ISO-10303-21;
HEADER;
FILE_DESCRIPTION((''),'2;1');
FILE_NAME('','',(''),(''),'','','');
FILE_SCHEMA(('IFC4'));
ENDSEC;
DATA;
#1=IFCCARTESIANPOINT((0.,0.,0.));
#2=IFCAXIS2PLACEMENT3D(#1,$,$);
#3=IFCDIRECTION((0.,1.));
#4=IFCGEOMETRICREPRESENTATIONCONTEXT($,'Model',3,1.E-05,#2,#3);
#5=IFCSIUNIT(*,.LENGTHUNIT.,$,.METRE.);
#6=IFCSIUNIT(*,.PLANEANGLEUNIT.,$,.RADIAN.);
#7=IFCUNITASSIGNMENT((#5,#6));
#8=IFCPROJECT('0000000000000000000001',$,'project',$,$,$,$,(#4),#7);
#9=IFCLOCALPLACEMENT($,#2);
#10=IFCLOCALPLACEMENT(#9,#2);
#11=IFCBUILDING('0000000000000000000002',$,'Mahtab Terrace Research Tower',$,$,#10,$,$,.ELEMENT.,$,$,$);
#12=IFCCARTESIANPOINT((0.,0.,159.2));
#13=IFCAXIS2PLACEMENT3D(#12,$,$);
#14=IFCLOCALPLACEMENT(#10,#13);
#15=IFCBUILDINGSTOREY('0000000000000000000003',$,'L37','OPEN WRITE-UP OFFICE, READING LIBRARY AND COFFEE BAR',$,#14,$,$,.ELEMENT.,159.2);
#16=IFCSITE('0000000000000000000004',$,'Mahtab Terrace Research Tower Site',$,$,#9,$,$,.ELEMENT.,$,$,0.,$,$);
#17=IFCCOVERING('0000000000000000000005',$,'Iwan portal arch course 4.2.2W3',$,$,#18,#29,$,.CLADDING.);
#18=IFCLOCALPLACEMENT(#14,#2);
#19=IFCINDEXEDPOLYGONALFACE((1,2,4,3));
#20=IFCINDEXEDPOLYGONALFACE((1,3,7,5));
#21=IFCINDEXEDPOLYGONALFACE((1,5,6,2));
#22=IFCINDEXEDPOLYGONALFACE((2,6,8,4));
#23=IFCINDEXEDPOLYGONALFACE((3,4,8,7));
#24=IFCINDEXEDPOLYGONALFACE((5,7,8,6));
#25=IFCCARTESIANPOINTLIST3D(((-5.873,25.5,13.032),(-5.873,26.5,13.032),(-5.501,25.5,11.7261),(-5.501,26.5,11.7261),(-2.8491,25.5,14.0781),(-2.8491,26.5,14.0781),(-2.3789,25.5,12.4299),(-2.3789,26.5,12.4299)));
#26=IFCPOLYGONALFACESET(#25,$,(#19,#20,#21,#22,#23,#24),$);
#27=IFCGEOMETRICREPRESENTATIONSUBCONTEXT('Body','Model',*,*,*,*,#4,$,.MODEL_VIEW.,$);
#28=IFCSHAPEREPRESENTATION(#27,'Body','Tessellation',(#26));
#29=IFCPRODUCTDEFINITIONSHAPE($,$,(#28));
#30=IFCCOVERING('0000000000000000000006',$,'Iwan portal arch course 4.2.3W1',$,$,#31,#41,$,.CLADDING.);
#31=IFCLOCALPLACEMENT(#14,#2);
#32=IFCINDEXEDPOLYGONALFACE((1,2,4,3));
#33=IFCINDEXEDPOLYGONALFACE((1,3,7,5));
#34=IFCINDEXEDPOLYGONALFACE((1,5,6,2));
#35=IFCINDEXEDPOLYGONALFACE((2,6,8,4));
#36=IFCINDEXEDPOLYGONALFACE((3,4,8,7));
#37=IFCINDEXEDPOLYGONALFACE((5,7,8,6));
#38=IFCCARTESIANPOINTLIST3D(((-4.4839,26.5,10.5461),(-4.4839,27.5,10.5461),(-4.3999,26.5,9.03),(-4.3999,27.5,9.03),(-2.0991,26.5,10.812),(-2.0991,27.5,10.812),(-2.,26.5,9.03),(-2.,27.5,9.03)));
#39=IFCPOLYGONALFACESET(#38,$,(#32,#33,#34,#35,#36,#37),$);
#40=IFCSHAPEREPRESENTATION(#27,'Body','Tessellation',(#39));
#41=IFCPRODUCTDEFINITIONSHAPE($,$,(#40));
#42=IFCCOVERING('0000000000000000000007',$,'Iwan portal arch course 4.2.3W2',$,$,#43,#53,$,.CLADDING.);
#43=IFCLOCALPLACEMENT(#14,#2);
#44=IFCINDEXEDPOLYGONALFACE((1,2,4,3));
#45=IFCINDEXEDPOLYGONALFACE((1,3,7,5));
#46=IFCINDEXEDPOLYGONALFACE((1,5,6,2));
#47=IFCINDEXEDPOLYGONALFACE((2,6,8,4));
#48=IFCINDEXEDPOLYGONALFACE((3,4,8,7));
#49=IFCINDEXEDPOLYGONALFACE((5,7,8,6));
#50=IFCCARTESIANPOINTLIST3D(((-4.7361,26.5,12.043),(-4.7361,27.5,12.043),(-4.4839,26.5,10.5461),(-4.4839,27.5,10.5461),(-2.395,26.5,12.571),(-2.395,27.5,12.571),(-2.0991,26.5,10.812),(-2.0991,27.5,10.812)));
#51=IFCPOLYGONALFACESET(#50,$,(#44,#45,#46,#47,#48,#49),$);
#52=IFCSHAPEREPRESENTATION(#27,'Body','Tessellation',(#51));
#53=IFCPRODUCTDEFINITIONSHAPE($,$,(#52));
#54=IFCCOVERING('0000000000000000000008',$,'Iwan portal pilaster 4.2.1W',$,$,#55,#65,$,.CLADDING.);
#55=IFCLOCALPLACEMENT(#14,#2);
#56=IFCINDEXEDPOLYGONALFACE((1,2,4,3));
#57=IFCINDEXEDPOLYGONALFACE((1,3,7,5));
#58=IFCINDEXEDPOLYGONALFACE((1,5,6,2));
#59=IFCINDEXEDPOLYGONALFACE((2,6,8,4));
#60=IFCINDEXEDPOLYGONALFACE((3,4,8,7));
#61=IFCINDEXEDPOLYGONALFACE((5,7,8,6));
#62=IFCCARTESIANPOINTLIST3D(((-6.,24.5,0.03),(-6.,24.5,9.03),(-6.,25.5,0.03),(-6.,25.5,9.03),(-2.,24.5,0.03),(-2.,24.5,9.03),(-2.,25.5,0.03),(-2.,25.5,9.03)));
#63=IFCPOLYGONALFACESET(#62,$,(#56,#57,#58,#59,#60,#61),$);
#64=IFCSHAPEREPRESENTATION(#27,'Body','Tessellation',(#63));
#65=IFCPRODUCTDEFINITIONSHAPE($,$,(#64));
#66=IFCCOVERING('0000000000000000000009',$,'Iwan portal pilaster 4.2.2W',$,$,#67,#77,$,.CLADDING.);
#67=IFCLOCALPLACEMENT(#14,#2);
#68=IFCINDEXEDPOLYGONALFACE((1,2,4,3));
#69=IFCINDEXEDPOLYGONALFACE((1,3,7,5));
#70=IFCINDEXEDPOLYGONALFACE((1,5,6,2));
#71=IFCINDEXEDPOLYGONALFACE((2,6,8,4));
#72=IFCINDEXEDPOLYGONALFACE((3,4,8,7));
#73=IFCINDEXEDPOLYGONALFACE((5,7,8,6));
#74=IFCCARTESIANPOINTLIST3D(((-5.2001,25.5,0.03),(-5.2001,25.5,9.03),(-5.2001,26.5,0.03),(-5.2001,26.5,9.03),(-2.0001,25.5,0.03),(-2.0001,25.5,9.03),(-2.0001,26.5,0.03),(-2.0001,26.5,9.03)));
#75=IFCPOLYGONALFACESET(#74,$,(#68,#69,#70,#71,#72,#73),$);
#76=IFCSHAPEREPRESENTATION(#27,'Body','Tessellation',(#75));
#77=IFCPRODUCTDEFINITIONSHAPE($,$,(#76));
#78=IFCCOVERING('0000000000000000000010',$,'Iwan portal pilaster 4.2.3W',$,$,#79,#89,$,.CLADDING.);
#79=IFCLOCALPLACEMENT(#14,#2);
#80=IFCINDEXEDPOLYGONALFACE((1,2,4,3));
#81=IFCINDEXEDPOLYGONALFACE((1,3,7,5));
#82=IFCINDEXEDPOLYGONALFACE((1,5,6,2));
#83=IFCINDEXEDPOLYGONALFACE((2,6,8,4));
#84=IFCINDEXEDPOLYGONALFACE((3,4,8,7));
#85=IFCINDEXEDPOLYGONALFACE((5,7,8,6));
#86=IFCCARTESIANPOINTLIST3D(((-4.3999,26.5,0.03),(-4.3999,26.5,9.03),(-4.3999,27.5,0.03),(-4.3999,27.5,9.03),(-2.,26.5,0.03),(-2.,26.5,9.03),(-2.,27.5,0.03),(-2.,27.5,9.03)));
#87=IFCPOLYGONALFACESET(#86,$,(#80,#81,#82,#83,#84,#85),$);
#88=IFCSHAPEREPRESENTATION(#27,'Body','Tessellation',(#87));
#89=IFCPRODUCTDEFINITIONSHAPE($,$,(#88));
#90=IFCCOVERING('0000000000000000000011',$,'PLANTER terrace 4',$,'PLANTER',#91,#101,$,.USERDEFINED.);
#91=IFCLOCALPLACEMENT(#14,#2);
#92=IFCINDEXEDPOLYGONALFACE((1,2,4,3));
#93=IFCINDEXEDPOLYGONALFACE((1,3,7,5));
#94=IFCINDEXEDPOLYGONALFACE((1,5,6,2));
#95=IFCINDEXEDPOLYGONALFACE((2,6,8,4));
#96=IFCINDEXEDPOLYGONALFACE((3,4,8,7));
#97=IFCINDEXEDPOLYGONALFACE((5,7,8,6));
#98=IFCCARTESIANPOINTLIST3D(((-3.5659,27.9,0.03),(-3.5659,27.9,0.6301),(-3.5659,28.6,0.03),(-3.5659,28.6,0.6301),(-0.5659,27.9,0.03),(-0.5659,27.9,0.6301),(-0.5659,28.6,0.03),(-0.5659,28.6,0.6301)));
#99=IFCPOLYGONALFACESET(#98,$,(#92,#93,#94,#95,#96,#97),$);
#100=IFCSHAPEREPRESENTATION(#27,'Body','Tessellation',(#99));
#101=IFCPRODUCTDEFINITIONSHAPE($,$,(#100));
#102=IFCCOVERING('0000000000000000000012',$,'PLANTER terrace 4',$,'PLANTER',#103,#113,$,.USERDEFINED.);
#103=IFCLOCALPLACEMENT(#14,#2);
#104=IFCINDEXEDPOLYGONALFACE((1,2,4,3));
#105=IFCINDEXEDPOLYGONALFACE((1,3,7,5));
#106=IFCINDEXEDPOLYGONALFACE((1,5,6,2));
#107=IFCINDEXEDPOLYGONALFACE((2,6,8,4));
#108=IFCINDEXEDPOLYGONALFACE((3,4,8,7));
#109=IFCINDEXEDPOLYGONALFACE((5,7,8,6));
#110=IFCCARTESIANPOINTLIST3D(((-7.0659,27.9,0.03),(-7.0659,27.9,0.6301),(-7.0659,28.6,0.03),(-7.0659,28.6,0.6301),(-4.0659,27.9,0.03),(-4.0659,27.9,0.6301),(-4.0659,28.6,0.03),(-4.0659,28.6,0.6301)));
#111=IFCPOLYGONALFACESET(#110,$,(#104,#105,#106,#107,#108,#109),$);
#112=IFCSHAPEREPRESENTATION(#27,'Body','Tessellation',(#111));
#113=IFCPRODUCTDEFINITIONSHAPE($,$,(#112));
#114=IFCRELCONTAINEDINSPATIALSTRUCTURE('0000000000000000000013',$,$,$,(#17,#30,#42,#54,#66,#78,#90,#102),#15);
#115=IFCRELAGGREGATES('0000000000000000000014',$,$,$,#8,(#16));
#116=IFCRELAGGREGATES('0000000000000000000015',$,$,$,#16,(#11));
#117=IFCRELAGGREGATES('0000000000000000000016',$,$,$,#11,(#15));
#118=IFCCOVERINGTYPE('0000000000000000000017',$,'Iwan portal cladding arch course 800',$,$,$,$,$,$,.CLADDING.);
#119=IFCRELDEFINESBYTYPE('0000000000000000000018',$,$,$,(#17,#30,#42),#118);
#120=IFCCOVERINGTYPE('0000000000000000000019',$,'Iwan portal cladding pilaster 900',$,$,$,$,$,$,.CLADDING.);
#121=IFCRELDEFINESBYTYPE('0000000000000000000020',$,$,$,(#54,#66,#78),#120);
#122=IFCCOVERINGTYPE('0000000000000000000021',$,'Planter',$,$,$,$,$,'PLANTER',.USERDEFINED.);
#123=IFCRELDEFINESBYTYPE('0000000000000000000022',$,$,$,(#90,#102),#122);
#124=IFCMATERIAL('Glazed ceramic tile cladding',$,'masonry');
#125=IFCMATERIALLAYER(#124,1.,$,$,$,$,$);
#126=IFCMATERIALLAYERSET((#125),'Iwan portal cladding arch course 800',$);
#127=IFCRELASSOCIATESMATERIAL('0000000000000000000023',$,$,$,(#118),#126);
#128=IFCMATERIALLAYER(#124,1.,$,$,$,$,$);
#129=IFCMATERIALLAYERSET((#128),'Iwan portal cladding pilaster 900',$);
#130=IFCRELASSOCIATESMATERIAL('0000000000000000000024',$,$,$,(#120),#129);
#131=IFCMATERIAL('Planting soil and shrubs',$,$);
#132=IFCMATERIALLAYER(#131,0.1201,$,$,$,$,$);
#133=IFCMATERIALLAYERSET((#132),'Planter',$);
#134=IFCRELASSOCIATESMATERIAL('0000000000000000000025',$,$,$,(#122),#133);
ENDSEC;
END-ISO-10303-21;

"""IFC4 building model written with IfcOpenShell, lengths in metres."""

from ifc_helpers import new_model, si_unit, direction, frame, origin, origin_2d, place, context, subcontext, project, spatial, polyline, rectangle, outline, extrude, material, layer, layer_set, type_object, element, save


model = new_model("IFC4")

# Units and contexts
model_context = context("Model", 3, precision=1e-05, world=origin(), true_north=direction((0.0, 1.0)))
body_context = subcontext(model_context, "Body", "Model", "MODEL_VIEW")
ifc_project = project(units=[si_unit("LENGTHUNIT", "METRE"), si_unit("PLANEANGLEUNIT", "RADIAN")], contexts=[model_context])

# Site, building, storey
site_placement = place(None, origin())
site = spatial("IfcSite", under=ifc_project, at=site_placement, Name="Mahtab Terrace Research Tower Site", CompositionType="ELEMENT", RefElevation=0.0)
building_placement = place(site_placement, origin())
building = spatial("IfcBuilding", under=site, at=building_placement, Name="Mahtab Terrace Research Tower", CompositionType="ELEMENT")
storey_placement = place(building_placement, frame((0.0, 0.0, 159.2)))
storey = spatial("IfcBuildingStorey", under=building, at=storey_placement, Name="L37", Description="OPEN WRITE-UP OFFICE, READING LIBRARY AND COFFEE BAR", CompositionType="ELEMENT", Elevation=159.2)

# Coverings
ifc_material_1 = material(Name="Glazed ceramic tile cladding", Category="masonry")
ifc_layer_1 = layer(ifc_material_1, 1.0)
ifc_layer_set_1 = layer_set([ifc_layer_1], Name="Iwan portal cladding arch course 800")
covering_type_1 = type_object("IfcCoveringType", Name="Iwan portal cladding arch course 800", PredefinedType="CLADDING", material=ifc_layer_set_1)
covering_1_placement = place(storey_placement, frame((-2.3789, 25.5, 12.4299), z_axis=(0.0, -1.0, 0.0), x_axis=(-0.274345, 0.0, 0.961631)))
element("IfcCovering", 1, at=covering_1_placement, inside=storey, type_object=covering_type_1, Name="Iwan portal arch course 4.2.2W3", PredefinedType="CLADDING", context=body_context, shape_type="SweptSolid", body=[
    extrude(outline(polyline([(0.0, 0.0), (1.714, 0.0), (1.5376, 3.1949), (0.1797, 3.1954), (0.0, 0.0)])), origin(), (0.0, 0.0, -1.0), 1.0),
])
covering_2_placement = place(storey_placement, frame((-2.0, 26.5, 9.03), z_axis=(0.0, -1.0, 0.0), x_axis=(-0.055538, 0.0, 0.998457)))
element("IfcCovering", 2, at=covering_2_placement, inside=storey, type_object=covering_type_1, Name="Iwan portal arch course 4.2.3W1", PredefinedType="CLADDING", context=body_context, shape_type="SweptSolid", body=[
    extrude(outline(polyline([(0.0, 0.0), (1.7847, 0.0), (1.6517, 2.3959), (0.1333, 2.3962), (0.0, 0.0)])), origin(), (0.0, 0.0, -1.0), 1.0),
])
covering_3_placement = place(storey_placement, frame((-2.0991, 26.5, 10.812), z_axis=(0.0, -1.0, 0.0), x_axis=(-0.165886, 0.0, 0.986145)))
element("IfcCovering", 3, at=covering_3_placement, inside=storey, type_object=covering_type_1, Name="Iwan portal arch course 4.2.3W2", PredefinedType="CLADDING", context=body_context, shape_type="SweptSolid", body=[
    extrude(outline(polyline([(0.0, 0.0), (1.7837, 0.0), (1.6513, 2.3962), (0.1334, 2.3958), (0.0, 0.0)])), origin(), (0.0, 0.0, -1.0), 1.0),
])
ifc_layer_2 = layer(ifc_material_1, 1.0)
ifc_layer_set_2 = layer_set([ifc_layer_2], Name="Iwan portal cladding pilaster 900")
covering_type_2 = type_object("IfcCoveringType", Name="Iwan portal cladding pilaster 900", PredefinedType="CLADDING", material=ifc_layer_set_2)
covering_4_placement = place(storey_placement, frame((-4.0, 25.0, 0.03), z_axis=(0.0, 0.0, 1.0), x_axis=(-1.0, 0.0, 0.0)))
element("IfcCovering", 4, at=covering_4_placement, inside=storey, type_object=covering_type_2, Name="Iwan portal pilaster 4.2.1W", PredefinedType="CLADDING", context=body_context, shape_type="SweptSolid", body=[
    extrude(rectangle(XDim=4.0, YDim=1.0, at=origin_2d()), origin(), (0.0, 0.0, 1.0), 9.0),
])
covering_5_placement = place(storey_placement, frame((-3.6001, 26.0, 0.03), z_axis=(0.0, 0.0, 1.0), x_axis=(-1.0, 0.0, 0.0)))
element("IfcCovering", 5, at=covering_5_placement, inside=storey, type_object=covering_type_2, Name="Iwan portal pilaster 4.2.2W", PredefinedType="CLADDING", context=body_context, shape_type="SweptSolid", body=[
    extrude(rectangle(XDim=3.2, YDim=1.0, at=origin_2d()), origin(), (0.0, 0.0, 1.0), 9.0),
])
covering_6_placement = place(storey_placement, frame((-3.2, 27.0, 0.03), z_axis=(0.0, 0.0, 1.0), x_axis=(-1.0, 0.0, 0.0)))
element("IfcCovering", 6, at=covering_6_placement, inside=storey, type_object=covering_type_2, Name="Iwan portal pilaster 4.2.3W", PredefinedType="CLADDING", context=body_context, shape_type="SweptSolid", body=[
    extrude(rectangle(XDim=2.3999, YDim=1.0, at=origin_2d()), origin(), (0.0, 0.0, 1.0), 9.0),
])
ifc_material_2 = material(Name="Planting soil and shrubs")
ifc_layer_3 = layer(ifc_material_2, 0.1201)
ifc_layer_set_3 = layer_set([ifc_layer_3], Name="Planter")
covering_type_3 = type_object("IfcCoveringType", Name="Planter", ElementType="PLANTER", PredefinedType="USERDEFINED", material=ifc_layer_set_3)
for number, where, z_axis, x_axis, name in (
    (7, (-2.0659, 28.25, 0.03), (0.0, 0.0, 1.0), (-1.0, 0.0, 0.0), "PLANTER terrace 4"),
    (8, (-5.5659, 28.25, 0.03), (0.0, 0.0, 1.0), (-1.0, 0.0, 0.0), "PLANTER terrace 4"),
):
    element("IfcCovering", number, at=place(storey_placement, frame(where, z_axis=z_axis, x_axis=x_axis)), inside=storey, type_object=covering_type_3, Name=name, ObjectType="PLANTER", PredefinedType="USERDEFINED", context=body_context, shape_type="SweptSolid", body=[
        extrude(rectangle(XDim=3.0, YDim=0.7, at=origin_2d()), origin(), (0.0, 0.0, 1.0), 0.6001),
    ])

save(model, "model.ifc")
